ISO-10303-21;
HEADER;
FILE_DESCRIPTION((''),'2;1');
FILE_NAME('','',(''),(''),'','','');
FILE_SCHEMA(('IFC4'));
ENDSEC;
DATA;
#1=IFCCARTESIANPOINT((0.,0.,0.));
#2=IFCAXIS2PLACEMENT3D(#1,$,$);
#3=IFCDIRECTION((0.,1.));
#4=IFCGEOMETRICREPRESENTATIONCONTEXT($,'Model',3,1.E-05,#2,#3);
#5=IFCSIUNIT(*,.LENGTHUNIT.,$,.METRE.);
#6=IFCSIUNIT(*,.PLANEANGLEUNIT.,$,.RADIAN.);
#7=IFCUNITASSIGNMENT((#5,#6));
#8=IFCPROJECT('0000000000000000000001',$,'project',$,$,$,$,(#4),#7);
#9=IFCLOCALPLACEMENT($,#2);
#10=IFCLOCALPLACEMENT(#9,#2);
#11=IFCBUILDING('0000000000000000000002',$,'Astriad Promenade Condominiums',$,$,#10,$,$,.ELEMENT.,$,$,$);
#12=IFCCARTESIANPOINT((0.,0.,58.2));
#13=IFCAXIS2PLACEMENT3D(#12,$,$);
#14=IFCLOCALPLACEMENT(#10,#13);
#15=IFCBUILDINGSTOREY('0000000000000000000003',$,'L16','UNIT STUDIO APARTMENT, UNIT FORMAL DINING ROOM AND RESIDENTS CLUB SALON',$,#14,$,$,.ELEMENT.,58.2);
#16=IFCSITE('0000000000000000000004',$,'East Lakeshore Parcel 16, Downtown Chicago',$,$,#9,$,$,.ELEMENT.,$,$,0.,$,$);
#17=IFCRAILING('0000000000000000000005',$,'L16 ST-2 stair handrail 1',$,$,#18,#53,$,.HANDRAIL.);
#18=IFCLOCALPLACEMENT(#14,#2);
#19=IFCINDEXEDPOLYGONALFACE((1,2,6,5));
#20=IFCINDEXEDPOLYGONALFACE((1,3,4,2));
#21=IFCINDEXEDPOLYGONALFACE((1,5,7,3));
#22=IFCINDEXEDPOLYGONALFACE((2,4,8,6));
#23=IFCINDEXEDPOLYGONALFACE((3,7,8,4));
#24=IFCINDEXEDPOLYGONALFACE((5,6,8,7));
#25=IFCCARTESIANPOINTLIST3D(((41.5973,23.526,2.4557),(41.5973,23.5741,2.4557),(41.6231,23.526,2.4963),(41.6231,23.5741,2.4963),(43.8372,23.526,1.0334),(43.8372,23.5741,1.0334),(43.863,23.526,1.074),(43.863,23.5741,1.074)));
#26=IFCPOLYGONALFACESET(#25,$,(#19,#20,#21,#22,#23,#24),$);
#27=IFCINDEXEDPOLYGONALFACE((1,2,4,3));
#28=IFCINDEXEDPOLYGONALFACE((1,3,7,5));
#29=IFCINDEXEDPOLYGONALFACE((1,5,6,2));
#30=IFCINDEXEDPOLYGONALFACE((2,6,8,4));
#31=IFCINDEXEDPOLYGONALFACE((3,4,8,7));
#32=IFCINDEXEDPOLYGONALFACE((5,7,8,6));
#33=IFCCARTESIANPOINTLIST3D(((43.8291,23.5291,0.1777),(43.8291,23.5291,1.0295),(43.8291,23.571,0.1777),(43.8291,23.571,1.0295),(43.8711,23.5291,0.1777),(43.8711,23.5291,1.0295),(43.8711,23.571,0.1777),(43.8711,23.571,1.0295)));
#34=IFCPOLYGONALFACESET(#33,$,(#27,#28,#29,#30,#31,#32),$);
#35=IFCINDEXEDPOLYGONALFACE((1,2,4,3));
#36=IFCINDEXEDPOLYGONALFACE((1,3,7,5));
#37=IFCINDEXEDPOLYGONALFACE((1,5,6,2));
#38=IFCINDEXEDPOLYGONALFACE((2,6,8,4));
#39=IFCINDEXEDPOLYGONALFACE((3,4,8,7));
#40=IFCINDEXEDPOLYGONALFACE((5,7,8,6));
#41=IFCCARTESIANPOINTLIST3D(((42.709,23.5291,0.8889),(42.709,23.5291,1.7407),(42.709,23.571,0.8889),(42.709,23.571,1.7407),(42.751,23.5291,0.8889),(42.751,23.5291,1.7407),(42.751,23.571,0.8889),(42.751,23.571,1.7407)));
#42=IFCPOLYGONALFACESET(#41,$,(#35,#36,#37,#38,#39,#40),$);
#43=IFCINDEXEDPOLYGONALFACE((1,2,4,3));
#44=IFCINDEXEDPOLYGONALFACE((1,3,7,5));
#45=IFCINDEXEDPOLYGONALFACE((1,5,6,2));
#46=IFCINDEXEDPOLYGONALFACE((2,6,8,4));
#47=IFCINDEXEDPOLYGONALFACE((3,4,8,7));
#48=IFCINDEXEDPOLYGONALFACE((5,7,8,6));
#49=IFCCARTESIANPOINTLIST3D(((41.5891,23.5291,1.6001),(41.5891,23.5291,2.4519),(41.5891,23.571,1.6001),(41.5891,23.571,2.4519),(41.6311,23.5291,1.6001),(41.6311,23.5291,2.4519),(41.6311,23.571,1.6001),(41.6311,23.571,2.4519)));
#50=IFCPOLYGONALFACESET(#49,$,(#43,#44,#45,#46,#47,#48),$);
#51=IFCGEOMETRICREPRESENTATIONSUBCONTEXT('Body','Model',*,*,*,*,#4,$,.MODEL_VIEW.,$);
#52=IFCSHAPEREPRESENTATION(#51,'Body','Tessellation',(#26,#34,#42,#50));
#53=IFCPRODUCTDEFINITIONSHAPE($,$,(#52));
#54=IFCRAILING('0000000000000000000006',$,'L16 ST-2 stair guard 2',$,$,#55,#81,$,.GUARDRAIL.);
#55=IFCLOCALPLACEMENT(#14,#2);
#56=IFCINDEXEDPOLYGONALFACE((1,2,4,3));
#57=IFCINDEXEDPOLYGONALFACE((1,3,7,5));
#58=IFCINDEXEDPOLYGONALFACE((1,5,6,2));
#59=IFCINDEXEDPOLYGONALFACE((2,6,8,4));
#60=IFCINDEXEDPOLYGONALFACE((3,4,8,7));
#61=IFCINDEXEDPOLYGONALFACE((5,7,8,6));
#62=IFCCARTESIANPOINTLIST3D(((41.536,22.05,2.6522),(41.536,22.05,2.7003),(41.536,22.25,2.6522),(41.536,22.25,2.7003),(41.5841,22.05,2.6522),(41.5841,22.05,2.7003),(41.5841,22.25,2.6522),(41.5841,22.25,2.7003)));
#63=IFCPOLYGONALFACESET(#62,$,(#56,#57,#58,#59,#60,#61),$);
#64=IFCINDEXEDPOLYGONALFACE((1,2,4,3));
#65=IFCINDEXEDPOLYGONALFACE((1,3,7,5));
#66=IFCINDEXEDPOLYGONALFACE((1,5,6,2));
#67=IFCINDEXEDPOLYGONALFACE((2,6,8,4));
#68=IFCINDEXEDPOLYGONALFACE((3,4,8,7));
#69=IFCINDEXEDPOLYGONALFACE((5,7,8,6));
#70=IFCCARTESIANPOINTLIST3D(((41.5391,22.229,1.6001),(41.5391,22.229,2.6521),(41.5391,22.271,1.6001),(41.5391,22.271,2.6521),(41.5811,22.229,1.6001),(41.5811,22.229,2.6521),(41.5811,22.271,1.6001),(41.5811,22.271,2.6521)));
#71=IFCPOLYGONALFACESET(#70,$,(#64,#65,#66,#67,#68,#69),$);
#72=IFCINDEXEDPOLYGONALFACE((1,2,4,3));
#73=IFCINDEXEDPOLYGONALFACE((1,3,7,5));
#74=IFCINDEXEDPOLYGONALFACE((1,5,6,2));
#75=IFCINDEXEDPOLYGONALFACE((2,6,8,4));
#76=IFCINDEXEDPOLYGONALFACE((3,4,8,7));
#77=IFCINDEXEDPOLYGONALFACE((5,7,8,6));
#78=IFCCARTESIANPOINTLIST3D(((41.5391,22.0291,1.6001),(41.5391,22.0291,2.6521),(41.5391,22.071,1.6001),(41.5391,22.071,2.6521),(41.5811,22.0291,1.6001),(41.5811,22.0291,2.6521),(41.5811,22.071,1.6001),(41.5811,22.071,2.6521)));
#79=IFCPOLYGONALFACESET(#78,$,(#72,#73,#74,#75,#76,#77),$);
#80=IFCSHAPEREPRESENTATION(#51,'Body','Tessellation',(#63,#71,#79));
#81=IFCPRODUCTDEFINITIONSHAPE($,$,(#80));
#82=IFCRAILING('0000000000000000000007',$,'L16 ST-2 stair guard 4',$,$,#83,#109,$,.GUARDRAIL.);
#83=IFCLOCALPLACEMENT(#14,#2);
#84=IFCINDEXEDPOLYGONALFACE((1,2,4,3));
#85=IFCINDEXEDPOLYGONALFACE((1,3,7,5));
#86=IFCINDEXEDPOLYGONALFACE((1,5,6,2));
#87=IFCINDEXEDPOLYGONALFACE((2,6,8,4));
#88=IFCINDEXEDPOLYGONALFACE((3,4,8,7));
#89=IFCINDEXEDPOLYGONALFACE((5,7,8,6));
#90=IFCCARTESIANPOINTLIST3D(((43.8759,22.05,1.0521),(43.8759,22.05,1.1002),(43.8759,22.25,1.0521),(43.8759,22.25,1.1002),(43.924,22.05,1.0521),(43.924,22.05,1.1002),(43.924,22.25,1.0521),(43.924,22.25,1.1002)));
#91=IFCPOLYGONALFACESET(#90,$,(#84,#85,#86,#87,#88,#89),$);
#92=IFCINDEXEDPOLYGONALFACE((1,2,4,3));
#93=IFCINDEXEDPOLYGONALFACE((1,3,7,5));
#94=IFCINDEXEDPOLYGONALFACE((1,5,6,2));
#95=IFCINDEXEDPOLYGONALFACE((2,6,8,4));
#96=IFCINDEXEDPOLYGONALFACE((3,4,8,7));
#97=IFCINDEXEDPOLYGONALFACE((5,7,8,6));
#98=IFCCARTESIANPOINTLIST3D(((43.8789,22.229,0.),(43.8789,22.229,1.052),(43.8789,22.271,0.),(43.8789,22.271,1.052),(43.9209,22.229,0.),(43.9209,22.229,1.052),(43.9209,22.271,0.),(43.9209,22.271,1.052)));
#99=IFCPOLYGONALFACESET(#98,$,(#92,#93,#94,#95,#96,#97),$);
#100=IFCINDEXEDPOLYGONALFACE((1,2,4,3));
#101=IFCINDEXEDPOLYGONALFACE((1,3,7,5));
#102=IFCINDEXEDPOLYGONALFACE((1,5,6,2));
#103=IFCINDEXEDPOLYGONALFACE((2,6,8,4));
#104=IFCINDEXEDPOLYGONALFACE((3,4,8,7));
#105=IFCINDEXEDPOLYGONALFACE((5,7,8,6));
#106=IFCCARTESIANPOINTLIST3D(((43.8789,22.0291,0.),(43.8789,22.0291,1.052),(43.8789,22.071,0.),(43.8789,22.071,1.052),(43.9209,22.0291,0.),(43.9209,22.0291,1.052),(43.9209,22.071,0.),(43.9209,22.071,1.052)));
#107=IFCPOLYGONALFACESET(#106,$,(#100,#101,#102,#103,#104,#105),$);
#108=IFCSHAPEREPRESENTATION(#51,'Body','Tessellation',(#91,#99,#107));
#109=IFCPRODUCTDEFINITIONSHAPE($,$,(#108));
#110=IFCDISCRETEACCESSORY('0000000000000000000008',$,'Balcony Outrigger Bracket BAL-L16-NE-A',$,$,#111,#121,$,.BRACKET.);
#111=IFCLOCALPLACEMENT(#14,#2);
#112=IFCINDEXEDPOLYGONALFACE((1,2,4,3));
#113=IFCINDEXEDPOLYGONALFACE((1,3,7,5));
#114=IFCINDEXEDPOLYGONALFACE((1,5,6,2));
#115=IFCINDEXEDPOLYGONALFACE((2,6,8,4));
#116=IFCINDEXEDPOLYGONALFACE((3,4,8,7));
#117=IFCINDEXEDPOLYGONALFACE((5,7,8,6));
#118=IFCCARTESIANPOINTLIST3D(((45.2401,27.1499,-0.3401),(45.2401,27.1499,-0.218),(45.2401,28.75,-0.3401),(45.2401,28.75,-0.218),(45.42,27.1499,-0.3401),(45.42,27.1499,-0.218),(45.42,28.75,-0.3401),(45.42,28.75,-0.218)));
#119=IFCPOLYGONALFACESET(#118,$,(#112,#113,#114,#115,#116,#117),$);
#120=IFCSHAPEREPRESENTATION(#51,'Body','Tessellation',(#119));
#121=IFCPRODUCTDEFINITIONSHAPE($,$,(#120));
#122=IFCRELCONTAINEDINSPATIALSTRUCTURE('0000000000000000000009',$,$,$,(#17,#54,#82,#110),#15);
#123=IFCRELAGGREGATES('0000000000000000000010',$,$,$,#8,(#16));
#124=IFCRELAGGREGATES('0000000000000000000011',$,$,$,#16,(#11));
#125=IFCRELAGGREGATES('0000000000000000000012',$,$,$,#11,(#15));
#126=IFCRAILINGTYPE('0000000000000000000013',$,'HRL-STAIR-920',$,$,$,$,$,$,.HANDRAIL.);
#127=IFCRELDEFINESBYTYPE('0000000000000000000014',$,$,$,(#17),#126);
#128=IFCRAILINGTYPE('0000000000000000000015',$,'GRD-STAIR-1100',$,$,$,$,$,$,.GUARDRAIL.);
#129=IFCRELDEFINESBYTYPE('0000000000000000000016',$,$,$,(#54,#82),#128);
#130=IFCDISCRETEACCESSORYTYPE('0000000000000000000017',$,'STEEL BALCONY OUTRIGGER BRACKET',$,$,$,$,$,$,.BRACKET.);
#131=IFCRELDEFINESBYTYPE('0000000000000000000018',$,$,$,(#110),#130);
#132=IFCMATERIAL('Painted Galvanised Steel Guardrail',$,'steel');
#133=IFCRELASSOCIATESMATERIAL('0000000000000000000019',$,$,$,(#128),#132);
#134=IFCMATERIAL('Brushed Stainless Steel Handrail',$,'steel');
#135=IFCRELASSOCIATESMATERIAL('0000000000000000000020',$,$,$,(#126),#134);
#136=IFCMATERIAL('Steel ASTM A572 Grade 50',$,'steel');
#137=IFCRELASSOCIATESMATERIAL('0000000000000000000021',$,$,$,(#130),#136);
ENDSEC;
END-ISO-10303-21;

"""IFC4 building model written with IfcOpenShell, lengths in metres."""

from ifc_helpers import new_model, si_unit, direction, frame, origin, origin_2d, place, context, subcontext, project, spatial, rectangle, extrude, source, transform, mapped, material, type_object, type_shapes, element, save


model = new_model("IFC4")

# Units and contexts
model_context = context("Model", 3, precision=1e-05, world=origin(), true_north=direction((0.0, 1.0)))
body_context = subcontext(model_context, "Body", "Model", "MODEL_VIEW")
ifc_project = project(units=[si_unit("LENGTHUNIT", "METRE"), si_unit("PLANEANGLEUNIT", "RADIAN")], contexts=[model_context])

# Site, building, storey
site_placement = place(None, origin())
site = spatial("IfcSite", under=ifc_project, at=site_placement, Name="East Lakeshore Parcel 16, Downtown Chicago", CompositionType="ELEMENT", RefElevation=0.0)
building_placement = place(site_placement, origin())
building = spatial("IfcBuilding", under=site, at=building_placement, Name="Astriad Promenade Condominiums", CompositionType="ELEMENT")
storey_placement = place(building_placement, frame((0.0, 0.0, 58.2)))
storey = spatial("IfcBuildingStorey", under=building, at=storey_placement, Name="L16", Description="UNIT STUDIO APARTMENT, UNIT FORMAL DINING ROOM AND RESIDENTS CLUB SALON", CompositionType="ELEMENT", Elevation=58.2)

# Railings
ifc_material_1 = material(Name="Painted Galvanised Steel Guardrail", Category="steel")
railing_type_1 = type_object("IfcRailingType", Name="GRD-STAIR-1100", PredefinedType="GUARDRAIL", material=ifc_material_1)
ifc_material_2 = material(Name="Brushed Stainless Steel Handrail", Category="steel")
railing_type_2 = type_object("IfcRailingType", Name="HRL-STAIR-920", PredefinedType="HANDRAIL", material=ifc_material_2)
shared_shape_1 = source(origin(), body_context, "Body", "SweptSolid", [
    extrude(rectangle(XDim=0.0481, YDim=0.0481, at=origin_2d()), frame((0.0, 0.0, 0.876), z_axis=(-0.844188, 0.0, 0.536048), x_axis=(0.0, -1.0, 0.0)), (0.0, 0.0, 1.0), 2.6533),
    extrude(rectangle(XDim=0.042, YDim=0.042, at=origin_2d()), origin(), (0.0, 0.0, 1.0), 0.8518),
    extrude(rectangle(XDim=0.042, YDim=0.042, at=origin_2d()), frame((-1.1201, 0.0, 0.7112)), (0.0, 0.0, 1.0), 0.8518),
    extrude(rectangle(XDim=0.042, YDim=0.042, at=origin_2d()), frame((-2.24, 0.0, 1.4224)), (0.0, 0.0, 1.0), 0.8518),
])
railing_1_placement = place(storey_placement, frame((43.8501, 23.55, 0.1777)))
element("IfcRailing", 1, at=railing_1_placement, inside=storey, type_object=railing_type_2, Name="L16 ST-2 stair handrail 1", PredefinedType="HANDRAIL", context=body_context, shape_type="MappedRepresentation", body=[
    mapped(shared_shape_1, transform((0.0, 0.0, 0.0), scale=1.0)),
])
shared_shape_2 = source(origin(), body_context, "Body", "SweptSolid", [
    extrude(rectangle(XDim=0.0481, YDim=0.0481, at=origin_2d()), frame((0.0, 0.0, 1.0762), z_axis=(0.0, -1.0, 0.0), x_axis=(1.0, 0.0, 0.0)), (0.0, 0.0, 1.0), 0.2),
    extrude(rectangle(XDim=0.042, YDim=0.042, at=origin_2d()), origin(), (0.0, 0.0, 1.0), 1.052),
    extrude(rectangle(XDim=0.042, YDim=0.042, at=origin_2d()), frame((0.0, -0.2, 0.0)), (0.0, 0.0, 1.0), 1.052),
])
for number, where, name in (
    (2, (41.5601, 22.25, 1.6001), "L16 ST-2 stair guard 2"),
    (3, (43.8999, 22.25, 0.0), "L16 ST-2 stair guard 4"),
):
    element("IfcRailing", number, at=place(storey_placement, frame(where)), inside=storey, type_object=railing_type_1, Name=name, PredefinedType="GUARDRAIL", context=body_context, shape_type="MappedRepresentation", body=[
        mapped(shared_shape_2, transform((0.0, 0.0, 0.0), scale=1.0)),
    ])

# Discrete accessory
ifc_material_3 = material(Name="Steel ASTM A572 Grade 50", Category="steel")
discrete_accessory_type = type_object("IfcDiscreteAccessoryType", Name="STEEL BALCONY OUTRIGGER BRACKET", PredefinedType="BRACKET", material=ifc_material_3)
shared_shape_3 = source(origin(), body_context, "Body", "SweptSolid", [
    extrude(rectangle(XDim=1.6001, YDim=0.1799, at=origin_2d()), origin(), (0.0, 0.0, 1.0), 0.1221),
])
type_shapes(discrete_accessory_type, [shared_shape_3])
discrete_accessory_placement = place(storey_placement, frame((45.3301, 27.95, -0.3401), z_axis=(0.0, 0.0, 1.0), x_axis=(0.0, 1.0, 0.0)))
element("IfcDiscreteAccessory", 4, at=discrete_accessory_placement, inside=storey, type_object=discrete_accessory_type, Name="Balcony Outrigger Bracket BAL-L16-NE-A", PredefinedType="BRACKET", context=body_context, shape_type="MappedRepresentation", body=[
    mapped(shared_shape_3, transform((0.0, 0.0, 0.0), scale=1.0)),
])

save(model, "model.ifc")
